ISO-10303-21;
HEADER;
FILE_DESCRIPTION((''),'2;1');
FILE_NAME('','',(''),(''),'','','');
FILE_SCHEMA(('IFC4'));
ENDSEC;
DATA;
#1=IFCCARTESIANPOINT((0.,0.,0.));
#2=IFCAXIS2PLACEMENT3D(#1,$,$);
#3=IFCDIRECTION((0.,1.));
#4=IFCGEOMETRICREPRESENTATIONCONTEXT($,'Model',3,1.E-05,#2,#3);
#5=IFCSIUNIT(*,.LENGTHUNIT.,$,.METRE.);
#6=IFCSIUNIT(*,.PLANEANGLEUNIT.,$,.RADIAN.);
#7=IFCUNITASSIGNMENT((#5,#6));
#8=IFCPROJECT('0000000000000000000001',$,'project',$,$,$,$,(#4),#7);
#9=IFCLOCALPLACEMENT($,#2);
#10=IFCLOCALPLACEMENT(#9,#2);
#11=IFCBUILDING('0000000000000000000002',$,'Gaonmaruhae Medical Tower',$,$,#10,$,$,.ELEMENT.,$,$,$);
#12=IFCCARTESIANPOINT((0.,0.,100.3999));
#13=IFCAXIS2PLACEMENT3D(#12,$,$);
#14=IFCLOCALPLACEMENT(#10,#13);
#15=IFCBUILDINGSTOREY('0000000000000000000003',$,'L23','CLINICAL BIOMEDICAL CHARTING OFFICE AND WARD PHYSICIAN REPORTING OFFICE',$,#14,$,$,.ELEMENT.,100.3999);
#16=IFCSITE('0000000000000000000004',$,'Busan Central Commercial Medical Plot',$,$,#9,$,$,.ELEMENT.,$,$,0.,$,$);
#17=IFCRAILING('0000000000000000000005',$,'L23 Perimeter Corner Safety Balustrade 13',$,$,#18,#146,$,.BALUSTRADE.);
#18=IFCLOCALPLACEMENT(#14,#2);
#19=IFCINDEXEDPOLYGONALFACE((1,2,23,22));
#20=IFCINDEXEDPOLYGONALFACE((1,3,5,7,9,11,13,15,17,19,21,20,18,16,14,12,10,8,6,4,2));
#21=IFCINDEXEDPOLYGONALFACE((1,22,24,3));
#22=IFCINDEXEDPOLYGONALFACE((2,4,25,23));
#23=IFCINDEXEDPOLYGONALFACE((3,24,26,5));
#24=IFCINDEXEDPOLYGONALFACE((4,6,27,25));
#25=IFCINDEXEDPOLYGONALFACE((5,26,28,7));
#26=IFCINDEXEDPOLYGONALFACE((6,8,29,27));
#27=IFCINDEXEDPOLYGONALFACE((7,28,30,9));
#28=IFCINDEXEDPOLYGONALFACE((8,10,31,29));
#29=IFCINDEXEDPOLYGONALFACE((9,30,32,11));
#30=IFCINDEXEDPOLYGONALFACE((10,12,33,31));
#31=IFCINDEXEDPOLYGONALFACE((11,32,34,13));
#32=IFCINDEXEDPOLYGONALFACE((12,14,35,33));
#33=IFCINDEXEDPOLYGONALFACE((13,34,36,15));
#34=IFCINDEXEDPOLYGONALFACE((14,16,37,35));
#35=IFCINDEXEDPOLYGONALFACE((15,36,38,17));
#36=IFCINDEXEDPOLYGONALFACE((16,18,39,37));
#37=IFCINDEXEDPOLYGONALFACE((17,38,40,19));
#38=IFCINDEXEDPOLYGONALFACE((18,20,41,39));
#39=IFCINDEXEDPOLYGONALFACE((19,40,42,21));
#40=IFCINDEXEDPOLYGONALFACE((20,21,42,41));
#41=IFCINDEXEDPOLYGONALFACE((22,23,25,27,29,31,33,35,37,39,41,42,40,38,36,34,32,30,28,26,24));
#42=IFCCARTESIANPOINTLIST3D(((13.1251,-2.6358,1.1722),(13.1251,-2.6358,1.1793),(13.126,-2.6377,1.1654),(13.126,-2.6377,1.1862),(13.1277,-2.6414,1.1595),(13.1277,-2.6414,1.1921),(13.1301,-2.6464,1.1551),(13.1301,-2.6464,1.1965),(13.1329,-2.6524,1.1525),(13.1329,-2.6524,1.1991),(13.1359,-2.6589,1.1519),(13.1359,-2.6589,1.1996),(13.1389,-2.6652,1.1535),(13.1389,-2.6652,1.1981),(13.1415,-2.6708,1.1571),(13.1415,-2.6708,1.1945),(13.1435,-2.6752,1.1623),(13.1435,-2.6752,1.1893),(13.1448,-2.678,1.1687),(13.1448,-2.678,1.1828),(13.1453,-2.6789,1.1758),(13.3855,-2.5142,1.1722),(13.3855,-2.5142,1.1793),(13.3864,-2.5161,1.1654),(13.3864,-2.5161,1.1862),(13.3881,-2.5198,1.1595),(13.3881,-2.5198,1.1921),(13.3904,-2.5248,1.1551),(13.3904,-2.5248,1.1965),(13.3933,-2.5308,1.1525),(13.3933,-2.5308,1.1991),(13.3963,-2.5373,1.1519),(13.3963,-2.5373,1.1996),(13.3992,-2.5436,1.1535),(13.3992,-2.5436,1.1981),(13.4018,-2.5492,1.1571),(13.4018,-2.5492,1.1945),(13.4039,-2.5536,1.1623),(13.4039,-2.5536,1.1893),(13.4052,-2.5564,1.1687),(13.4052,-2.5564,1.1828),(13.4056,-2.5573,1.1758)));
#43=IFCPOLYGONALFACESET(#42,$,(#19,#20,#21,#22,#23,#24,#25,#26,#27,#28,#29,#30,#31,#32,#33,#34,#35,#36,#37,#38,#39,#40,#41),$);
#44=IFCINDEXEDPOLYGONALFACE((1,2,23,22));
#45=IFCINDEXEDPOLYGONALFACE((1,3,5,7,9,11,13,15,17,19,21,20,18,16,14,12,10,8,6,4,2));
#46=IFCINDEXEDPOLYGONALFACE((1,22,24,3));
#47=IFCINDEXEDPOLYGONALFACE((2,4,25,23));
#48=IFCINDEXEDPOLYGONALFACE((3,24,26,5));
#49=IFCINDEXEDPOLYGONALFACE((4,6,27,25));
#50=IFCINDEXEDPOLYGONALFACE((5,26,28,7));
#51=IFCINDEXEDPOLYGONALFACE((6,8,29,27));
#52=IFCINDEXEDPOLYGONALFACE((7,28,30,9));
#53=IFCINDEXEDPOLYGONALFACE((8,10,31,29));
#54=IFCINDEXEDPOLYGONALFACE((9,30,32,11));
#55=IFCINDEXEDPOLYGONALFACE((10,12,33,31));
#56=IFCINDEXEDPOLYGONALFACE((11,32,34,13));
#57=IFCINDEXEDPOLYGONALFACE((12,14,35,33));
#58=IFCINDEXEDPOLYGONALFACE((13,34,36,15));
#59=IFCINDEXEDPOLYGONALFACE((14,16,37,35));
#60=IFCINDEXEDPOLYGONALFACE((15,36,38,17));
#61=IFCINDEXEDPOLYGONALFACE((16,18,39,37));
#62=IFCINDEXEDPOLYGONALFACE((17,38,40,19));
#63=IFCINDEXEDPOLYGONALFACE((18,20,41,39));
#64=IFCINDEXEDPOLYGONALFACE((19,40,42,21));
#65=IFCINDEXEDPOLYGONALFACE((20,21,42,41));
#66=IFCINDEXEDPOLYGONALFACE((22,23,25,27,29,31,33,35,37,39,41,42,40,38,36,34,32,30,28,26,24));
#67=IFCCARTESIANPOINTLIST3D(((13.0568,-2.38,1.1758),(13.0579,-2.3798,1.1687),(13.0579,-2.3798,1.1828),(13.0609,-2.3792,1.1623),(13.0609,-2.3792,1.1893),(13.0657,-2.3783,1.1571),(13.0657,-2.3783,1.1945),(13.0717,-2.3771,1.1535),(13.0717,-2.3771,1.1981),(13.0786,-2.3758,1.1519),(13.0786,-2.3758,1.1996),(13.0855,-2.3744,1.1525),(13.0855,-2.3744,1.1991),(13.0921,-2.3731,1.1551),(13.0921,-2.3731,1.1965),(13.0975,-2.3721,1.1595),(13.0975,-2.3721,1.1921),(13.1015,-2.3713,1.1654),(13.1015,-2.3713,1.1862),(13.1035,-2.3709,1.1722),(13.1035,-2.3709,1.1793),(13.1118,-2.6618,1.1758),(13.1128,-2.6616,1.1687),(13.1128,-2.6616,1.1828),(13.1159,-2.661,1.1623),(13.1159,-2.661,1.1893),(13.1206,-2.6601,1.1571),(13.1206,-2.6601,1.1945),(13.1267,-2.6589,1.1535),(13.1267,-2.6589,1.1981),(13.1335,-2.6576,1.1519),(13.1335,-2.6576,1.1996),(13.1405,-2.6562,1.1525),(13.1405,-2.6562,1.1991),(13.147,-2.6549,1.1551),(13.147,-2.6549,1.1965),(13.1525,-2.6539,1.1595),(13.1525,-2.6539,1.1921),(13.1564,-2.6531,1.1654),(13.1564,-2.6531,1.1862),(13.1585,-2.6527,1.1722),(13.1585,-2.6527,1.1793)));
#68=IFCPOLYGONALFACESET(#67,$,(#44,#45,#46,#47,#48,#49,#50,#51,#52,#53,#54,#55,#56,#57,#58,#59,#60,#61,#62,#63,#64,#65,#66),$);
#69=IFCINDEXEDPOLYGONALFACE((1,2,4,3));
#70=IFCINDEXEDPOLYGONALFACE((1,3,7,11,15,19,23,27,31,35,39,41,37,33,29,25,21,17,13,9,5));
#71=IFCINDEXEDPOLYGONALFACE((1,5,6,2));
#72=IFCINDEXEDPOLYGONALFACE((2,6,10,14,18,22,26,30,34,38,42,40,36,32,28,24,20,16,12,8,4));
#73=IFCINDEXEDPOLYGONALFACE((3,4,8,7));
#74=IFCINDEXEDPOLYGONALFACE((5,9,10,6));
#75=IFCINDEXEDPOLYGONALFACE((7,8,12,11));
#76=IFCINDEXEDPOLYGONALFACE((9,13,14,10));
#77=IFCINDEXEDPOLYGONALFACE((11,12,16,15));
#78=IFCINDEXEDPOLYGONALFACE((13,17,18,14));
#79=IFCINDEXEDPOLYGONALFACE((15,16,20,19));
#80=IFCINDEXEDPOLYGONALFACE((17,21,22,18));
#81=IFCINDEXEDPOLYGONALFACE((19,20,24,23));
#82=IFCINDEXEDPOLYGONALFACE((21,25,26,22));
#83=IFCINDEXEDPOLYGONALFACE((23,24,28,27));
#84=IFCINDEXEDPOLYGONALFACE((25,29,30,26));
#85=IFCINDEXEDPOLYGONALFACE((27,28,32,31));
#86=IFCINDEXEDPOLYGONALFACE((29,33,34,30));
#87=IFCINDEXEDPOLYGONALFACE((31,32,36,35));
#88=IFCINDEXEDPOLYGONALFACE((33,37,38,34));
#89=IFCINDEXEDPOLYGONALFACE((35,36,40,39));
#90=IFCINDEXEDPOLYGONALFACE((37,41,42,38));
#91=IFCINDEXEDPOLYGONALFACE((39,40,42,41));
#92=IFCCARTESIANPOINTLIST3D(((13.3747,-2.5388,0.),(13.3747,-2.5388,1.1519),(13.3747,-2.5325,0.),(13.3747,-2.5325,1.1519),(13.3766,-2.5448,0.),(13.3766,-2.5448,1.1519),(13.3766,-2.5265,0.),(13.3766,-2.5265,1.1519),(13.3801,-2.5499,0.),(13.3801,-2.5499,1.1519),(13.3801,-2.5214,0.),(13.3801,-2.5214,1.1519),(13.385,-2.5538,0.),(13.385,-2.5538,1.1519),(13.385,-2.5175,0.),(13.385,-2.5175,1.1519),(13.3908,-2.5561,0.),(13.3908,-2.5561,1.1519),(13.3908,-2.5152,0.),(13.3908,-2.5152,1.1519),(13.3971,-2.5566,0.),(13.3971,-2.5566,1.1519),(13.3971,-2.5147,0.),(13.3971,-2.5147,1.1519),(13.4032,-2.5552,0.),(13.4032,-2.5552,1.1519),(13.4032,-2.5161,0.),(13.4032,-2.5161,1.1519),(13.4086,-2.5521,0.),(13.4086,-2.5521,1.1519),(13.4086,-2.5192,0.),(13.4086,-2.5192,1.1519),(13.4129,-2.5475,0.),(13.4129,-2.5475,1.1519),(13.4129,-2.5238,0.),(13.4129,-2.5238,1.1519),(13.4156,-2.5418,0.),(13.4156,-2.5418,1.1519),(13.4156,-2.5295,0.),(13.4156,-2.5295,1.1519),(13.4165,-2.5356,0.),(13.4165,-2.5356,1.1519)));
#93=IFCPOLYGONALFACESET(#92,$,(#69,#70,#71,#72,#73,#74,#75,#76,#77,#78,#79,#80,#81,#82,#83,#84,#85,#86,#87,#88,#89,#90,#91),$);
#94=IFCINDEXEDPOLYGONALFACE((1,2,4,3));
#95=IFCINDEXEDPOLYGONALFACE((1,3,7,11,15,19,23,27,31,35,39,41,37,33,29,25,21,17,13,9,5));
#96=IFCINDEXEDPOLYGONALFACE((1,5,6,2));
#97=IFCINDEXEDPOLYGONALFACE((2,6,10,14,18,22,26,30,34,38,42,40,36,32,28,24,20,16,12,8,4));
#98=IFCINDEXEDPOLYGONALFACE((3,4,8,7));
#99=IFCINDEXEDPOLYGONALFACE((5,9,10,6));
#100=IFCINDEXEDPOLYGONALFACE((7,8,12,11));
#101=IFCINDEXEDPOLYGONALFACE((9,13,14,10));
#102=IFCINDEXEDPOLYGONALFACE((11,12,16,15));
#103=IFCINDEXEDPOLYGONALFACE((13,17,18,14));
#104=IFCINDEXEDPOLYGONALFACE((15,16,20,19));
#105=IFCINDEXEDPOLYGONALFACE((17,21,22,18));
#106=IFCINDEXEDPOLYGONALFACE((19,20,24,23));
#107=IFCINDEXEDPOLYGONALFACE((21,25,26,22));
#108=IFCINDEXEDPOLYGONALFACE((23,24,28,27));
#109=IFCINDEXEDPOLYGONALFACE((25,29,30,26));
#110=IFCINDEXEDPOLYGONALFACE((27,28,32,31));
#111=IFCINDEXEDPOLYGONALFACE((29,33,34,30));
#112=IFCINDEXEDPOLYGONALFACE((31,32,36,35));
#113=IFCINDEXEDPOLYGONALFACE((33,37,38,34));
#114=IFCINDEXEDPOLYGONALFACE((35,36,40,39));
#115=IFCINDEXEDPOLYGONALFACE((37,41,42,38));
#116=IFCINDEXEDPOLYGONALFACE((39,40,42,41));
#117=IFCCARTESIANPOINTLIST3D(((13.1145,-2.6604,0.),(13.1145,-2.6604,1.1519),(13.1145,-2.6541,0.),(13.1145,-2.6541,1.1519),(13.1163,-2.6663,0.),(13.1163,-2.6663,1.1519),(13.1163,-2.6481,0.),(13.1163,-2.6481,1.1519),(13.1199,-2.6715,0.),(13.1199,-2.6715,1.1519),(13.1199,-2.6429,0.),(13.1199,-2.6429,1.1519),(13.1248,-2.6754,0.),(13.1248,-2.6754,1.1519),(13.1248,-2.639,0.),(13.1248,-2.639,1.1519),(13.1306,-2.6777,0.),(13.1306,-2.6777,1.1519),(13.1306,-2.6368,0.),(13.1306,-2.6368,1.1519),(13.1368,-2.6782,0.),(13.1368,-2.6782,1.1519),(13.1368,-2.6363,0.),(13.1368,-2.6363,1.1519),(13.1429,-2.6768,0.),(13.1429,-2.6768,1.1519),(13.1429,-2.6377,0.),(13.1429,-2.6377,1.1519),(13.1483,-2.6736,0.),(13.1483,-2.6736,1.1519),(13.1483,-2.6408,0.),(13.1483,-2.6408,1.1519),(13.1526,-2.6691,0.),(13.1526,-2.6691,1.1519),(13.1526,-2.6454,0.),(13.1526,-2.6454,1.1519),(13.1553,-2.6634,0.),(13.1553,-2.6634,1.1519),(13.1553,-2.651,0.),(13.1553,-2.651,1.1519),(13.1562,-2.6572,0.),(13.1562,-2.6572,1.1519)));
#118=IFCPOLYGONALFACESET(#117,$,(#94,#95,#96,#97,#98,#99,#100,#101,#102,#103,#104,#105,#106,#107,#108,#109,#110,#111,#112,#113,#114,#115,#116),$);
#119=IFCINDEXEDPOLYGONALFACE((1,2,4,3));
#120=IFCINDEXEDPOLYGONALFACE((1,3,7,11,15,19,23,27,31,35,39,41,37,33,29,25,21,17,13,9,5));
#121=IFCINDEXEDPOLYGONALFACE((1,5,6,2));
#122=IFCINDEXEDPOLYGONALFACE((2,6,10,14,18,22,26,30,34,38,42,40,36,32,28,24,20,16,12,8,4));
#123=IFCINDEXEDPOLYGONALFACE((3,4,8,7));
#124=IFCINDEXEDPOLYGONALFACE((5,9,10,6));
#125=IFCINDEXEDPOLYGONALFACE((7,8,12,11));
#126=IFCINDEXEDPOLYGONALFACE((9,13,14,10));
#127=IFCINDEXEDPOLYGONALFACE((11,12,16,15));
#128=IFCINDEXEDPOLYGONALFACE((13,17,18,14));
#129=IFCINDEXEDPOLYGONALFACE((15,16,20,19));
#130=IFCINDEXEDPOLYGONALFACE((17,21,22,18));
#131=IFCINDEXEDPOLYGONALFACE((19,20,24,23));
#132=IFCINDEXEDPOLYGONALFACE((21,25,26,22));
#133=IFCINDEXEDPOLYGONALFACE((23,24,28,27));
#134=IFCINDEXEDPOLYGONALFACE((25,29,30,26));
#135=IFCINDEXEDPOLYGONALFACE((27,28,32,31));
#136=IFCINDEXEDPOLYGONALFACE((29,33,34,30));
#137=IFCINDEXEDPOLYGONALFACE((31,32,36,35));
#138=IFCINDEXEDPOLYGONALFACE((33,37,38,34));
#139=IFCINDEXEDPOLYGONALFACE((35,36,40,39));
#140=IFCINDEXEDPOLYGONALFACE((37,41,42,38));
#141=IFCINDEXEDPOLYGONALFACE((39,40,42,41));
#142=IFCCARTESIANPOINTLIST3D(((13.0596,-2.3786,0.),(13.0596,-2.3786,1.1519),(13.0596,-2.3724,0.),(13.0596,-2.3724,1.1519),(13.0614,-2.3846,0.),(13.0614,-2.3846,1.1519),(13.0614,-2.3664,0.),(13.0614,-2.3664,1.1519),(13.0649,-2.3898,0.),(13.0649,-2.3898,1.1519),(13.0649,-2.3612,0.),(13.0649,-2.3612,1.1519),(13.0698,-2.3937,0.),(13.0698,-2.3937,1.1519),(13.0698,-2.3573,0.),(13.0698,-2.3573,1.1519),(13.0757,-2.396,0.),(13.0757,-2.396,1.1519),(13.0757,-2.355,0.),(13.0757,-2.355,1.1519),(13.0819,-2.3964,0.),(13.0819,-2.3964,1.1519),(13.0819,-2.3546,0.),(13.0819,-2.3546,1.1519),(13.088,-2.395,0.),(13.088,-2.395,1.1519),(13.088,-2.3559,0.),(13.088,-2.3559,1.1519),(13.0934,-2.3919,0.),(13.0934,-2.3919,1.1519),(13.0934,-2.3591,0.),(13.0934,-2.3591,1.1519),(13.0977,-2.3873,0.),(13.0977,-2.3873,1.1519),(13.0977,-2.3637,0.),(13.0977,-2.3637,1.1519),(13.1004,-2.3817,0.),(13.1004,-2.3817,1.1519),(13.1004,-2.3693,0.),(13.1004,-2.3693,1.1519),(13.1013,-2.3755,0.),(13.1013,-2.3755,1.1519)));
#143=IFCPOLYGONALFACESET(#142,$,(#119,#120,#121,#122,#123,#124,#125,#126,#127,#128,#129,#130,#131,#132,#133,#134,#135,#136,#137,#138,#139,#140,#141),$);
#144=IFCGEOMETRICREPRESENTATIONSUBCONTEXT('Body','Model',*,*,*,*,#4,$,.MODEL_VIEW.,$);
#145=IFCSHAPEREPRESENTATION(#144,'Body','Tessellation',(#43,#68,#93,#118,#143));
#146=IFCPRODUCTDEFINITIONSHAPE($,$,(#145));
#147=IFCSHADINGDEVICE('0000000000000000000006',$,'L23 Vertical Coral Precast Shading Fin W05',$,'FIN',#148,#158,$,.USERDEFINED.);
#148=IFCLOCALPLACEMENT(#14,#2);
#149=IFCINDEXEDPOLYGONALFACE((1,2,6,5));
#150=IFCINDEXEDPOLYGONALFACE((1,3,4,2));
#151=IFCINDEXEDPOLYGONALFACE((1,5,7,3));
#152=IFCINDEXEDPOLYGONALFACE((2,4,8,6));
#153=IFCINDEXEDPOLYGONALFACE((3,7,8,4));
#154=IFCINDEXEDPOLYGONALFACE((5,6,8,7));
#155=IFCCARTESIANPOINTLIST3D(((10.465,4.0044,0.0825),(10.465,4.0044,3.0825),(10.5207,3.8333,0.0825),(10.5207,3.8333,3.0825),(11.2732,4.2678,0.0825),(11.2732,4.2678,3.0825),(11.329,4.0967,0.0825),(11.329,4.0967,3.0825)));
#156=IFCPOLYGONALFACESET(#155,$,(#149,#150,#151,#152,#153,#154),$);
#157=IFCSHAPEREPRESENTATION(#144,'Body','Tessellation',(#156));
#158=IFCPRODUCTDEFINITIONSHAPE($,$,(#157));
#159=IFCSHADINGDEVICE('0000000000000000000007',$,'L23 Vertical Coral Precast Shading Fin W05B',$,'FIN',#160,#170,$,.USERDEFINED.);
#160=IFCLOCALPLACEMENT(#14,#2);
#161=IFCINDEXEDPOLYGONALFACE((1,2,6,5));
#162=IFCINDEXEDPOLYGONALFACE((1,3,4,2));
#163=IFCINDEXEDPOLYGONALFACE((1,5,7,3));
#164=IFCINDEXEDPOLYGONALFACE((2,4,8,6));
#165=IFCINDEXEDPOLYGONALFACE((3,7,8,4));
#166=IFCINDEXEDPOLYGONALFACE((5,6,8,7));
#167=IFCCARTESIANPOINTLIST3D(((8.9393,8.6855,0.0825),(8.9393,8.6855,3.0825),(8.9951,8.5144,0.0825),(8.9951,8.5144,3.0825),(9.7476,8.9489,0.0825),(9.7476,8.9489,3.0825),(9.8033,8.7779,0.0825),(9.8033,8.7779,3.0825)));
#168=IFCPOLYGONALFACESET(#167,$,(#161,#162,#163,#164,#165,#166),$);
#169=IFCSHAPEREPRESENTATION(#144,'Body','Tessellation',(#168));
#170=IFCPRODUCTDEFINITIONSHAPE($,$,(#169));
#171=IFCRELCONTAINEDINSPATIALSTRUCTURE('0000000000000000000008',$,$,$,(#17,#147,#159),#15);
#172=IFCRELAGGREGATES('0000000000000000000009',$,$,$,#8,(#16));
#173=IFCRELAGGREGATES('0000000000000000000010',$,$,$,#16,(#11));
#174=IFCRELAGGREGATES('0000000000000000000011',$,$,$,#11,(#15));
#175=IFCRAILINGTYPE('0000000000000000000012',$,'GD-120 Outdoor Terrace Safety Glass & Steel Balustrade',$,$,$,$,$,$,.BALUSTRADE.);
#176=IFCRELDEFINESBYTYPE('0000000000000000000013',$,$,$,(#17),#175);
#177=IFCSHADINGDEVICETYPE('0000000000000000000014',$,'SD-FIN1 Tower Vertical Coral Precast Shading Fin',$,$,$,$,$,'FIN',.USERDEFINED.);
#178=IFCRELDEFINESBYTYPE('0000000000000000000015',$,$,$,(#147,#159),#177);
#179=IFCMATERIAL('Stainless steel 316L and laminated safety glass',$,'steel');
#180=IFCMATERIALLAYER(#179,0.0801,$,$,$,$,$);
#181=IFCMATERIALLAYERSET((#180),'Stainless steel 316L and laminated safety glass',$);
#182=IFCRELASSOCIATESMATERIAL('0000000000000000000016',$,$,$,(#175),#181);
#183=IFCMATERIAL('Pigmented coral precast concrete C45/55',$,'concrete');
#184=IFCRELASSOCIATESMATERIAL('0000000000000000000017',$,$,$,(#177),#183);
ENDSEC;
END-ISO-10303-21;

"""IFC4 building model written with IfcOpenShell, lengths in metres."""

from ifc_helpers import new_model, si_unit, direction, frame, origin, origin_2d, place, context, subcontext, project, spatial, rectangle, circle, extrude, material, layer, layer_set, type_object, element, save


model = new_model("IFC4")

# Units and contexts
model_context = context("Model", 3, precision=1e-05, world=origin(), true_north=direction((0.0, 1.0)))
body_context = subcontext(model_context, "Body", "Model", "MODEL_VIEW")
ifc_project = project(units=[si_unit("LENGTHUNIT", "METRE"), si_unit("PLANEANGLEUNIT", "RADIAN")], contexts=[model_context])

# Site, building, storey
site_placement = place(None, origin())
site = spatial("IfcSite", under=ifc_project, at=site_placement, Name="Busan Central Commercial Medical Plot", CompositionType="ELEMENT", RefElevation=0.0)
building_placement = place(site_placement, origin())
building = spatial("IfcBuilding", under=site, at=building_placement, Name="Gaonmaruhae Medical Tower", CompositionType="ELEMENT")
storey_placement = place(building_placement, frame((0.0, 0.0, 100.3999)))
storey = spatial("IfcBuildingStorey", under=building, at=storey_placement, Name="L23", Description="CLINICAL BIOMEDICAL CHARTING OFFICE AND WARD PHYSICIAN REPORTING OFFICE", CompositionType="ELEMENT", Elevation=100.3999)

# Railing
ifc_material_1 = material(Name="Stainless steel 316L and laminated safety glass", Category="steel")
ifc_layer_1 = layer(ifc_material_1, 0.0801)
ifc_layer_set_1 = layer_set([ifc_layer_1], Name="Stainless steel 316L and laminated safety glass")
railing_type = type_object("IfcRailingType", Name="GD-120 Outdoor Terrace Safety Glass & Steel Balustrade", PredefinedType="BALUSTRADE", material=ifc_layer_set_1)
railing_1_placement = place(storey_placement, frame((13.3955, -2.5356, 0.0)))
element("IfcRailing", 1, at=railing_1_placement, inside=storey, type_object=railing_type, Name="L23 Perimeter Corner Safety Balustrade 13", PredefinedType="BALUSTRADE", context=body_context, shape_type="SweptSolid", body=[
    extrude(circle(Radius=0.0239, at=origin_2d()), frame((0.0, 0.0, 1.1758), z_axis=(-0.906009, -0.423258, 0.0), x_axis=(0.423258, -0.906009, 0.0)), (0.0, 0.0, 1.0), 0.2874),
    extrude(circle(Radius=0.0239, at=origin_2d()), frame((-0.2603, -0.1216, 1.1758), z_axis=(-0.19137, 0.981518, 0.0), x_axis=(-0.981518, -0.19137, 0.0)), (0.0, 0.0, 1.0), 0.2871),
    extrude(circle(Radius=0.021, at=origin_2d()), origin(), (0.0, 0.0, 1.0), 1.1519),
    extrude(circle(Radius=0.021, at=origin_2d()), frame((-0.2603, -0.1216, 0.0)), (0.0, 0.0, 1.0), 1.1519),
    extrude(circle(Radius=0.021, at=origin_2d()), frame((-0.3152, 0.1602, 0.0)), (0.0, 0.0, 1.0), 1.1519),
])

# Shading devices
ifc_material_2 = material(Name="Pigmented coral precast concrete C45/55", Category="concrete")
shading_device_type = type_object("IfcShadingDeviceType", Name="SD-FIN1 Tower Vertical Coral Precast Shading Fin", ElementType="FIN", PredefinedType="USERDEFINED", material=ifc_material_2)
for number, where, z_axis, x_axis, name in (
    (2, (10.897, 4.0505, 0.0825), (0.0, 0.0, 1.0), (-0.309863, 0.950781, 0.0), "L23 Vertical Coral Precast Shading Fin W05"),
    (3, (9.3713, 8.7317, 0.0825), (0.0, 0.0, 1.0), (-0.309863, 0.950781, 0.0), "L23 Vertical Coral Precast Shading Fin W05B"),
):
    element("IfcShadingDevice", number, at=place(storey_placement, frame(where, z_axis=z_axis, x_axis=x_axis)), inside=storey, type_object=shading_device_type, Name=name, ObjectType="FIN", PredefinedType="USERDEFINED", context=body_context, shape_type="SweptSolid", body=[
        extrude(rectangle(XDim=0.1799, YDim=0.8501, at=origin_2d()), origin(), (0.0, 0.0, 1.0), 3.0),
    ])

save(model, "model.ifc")
